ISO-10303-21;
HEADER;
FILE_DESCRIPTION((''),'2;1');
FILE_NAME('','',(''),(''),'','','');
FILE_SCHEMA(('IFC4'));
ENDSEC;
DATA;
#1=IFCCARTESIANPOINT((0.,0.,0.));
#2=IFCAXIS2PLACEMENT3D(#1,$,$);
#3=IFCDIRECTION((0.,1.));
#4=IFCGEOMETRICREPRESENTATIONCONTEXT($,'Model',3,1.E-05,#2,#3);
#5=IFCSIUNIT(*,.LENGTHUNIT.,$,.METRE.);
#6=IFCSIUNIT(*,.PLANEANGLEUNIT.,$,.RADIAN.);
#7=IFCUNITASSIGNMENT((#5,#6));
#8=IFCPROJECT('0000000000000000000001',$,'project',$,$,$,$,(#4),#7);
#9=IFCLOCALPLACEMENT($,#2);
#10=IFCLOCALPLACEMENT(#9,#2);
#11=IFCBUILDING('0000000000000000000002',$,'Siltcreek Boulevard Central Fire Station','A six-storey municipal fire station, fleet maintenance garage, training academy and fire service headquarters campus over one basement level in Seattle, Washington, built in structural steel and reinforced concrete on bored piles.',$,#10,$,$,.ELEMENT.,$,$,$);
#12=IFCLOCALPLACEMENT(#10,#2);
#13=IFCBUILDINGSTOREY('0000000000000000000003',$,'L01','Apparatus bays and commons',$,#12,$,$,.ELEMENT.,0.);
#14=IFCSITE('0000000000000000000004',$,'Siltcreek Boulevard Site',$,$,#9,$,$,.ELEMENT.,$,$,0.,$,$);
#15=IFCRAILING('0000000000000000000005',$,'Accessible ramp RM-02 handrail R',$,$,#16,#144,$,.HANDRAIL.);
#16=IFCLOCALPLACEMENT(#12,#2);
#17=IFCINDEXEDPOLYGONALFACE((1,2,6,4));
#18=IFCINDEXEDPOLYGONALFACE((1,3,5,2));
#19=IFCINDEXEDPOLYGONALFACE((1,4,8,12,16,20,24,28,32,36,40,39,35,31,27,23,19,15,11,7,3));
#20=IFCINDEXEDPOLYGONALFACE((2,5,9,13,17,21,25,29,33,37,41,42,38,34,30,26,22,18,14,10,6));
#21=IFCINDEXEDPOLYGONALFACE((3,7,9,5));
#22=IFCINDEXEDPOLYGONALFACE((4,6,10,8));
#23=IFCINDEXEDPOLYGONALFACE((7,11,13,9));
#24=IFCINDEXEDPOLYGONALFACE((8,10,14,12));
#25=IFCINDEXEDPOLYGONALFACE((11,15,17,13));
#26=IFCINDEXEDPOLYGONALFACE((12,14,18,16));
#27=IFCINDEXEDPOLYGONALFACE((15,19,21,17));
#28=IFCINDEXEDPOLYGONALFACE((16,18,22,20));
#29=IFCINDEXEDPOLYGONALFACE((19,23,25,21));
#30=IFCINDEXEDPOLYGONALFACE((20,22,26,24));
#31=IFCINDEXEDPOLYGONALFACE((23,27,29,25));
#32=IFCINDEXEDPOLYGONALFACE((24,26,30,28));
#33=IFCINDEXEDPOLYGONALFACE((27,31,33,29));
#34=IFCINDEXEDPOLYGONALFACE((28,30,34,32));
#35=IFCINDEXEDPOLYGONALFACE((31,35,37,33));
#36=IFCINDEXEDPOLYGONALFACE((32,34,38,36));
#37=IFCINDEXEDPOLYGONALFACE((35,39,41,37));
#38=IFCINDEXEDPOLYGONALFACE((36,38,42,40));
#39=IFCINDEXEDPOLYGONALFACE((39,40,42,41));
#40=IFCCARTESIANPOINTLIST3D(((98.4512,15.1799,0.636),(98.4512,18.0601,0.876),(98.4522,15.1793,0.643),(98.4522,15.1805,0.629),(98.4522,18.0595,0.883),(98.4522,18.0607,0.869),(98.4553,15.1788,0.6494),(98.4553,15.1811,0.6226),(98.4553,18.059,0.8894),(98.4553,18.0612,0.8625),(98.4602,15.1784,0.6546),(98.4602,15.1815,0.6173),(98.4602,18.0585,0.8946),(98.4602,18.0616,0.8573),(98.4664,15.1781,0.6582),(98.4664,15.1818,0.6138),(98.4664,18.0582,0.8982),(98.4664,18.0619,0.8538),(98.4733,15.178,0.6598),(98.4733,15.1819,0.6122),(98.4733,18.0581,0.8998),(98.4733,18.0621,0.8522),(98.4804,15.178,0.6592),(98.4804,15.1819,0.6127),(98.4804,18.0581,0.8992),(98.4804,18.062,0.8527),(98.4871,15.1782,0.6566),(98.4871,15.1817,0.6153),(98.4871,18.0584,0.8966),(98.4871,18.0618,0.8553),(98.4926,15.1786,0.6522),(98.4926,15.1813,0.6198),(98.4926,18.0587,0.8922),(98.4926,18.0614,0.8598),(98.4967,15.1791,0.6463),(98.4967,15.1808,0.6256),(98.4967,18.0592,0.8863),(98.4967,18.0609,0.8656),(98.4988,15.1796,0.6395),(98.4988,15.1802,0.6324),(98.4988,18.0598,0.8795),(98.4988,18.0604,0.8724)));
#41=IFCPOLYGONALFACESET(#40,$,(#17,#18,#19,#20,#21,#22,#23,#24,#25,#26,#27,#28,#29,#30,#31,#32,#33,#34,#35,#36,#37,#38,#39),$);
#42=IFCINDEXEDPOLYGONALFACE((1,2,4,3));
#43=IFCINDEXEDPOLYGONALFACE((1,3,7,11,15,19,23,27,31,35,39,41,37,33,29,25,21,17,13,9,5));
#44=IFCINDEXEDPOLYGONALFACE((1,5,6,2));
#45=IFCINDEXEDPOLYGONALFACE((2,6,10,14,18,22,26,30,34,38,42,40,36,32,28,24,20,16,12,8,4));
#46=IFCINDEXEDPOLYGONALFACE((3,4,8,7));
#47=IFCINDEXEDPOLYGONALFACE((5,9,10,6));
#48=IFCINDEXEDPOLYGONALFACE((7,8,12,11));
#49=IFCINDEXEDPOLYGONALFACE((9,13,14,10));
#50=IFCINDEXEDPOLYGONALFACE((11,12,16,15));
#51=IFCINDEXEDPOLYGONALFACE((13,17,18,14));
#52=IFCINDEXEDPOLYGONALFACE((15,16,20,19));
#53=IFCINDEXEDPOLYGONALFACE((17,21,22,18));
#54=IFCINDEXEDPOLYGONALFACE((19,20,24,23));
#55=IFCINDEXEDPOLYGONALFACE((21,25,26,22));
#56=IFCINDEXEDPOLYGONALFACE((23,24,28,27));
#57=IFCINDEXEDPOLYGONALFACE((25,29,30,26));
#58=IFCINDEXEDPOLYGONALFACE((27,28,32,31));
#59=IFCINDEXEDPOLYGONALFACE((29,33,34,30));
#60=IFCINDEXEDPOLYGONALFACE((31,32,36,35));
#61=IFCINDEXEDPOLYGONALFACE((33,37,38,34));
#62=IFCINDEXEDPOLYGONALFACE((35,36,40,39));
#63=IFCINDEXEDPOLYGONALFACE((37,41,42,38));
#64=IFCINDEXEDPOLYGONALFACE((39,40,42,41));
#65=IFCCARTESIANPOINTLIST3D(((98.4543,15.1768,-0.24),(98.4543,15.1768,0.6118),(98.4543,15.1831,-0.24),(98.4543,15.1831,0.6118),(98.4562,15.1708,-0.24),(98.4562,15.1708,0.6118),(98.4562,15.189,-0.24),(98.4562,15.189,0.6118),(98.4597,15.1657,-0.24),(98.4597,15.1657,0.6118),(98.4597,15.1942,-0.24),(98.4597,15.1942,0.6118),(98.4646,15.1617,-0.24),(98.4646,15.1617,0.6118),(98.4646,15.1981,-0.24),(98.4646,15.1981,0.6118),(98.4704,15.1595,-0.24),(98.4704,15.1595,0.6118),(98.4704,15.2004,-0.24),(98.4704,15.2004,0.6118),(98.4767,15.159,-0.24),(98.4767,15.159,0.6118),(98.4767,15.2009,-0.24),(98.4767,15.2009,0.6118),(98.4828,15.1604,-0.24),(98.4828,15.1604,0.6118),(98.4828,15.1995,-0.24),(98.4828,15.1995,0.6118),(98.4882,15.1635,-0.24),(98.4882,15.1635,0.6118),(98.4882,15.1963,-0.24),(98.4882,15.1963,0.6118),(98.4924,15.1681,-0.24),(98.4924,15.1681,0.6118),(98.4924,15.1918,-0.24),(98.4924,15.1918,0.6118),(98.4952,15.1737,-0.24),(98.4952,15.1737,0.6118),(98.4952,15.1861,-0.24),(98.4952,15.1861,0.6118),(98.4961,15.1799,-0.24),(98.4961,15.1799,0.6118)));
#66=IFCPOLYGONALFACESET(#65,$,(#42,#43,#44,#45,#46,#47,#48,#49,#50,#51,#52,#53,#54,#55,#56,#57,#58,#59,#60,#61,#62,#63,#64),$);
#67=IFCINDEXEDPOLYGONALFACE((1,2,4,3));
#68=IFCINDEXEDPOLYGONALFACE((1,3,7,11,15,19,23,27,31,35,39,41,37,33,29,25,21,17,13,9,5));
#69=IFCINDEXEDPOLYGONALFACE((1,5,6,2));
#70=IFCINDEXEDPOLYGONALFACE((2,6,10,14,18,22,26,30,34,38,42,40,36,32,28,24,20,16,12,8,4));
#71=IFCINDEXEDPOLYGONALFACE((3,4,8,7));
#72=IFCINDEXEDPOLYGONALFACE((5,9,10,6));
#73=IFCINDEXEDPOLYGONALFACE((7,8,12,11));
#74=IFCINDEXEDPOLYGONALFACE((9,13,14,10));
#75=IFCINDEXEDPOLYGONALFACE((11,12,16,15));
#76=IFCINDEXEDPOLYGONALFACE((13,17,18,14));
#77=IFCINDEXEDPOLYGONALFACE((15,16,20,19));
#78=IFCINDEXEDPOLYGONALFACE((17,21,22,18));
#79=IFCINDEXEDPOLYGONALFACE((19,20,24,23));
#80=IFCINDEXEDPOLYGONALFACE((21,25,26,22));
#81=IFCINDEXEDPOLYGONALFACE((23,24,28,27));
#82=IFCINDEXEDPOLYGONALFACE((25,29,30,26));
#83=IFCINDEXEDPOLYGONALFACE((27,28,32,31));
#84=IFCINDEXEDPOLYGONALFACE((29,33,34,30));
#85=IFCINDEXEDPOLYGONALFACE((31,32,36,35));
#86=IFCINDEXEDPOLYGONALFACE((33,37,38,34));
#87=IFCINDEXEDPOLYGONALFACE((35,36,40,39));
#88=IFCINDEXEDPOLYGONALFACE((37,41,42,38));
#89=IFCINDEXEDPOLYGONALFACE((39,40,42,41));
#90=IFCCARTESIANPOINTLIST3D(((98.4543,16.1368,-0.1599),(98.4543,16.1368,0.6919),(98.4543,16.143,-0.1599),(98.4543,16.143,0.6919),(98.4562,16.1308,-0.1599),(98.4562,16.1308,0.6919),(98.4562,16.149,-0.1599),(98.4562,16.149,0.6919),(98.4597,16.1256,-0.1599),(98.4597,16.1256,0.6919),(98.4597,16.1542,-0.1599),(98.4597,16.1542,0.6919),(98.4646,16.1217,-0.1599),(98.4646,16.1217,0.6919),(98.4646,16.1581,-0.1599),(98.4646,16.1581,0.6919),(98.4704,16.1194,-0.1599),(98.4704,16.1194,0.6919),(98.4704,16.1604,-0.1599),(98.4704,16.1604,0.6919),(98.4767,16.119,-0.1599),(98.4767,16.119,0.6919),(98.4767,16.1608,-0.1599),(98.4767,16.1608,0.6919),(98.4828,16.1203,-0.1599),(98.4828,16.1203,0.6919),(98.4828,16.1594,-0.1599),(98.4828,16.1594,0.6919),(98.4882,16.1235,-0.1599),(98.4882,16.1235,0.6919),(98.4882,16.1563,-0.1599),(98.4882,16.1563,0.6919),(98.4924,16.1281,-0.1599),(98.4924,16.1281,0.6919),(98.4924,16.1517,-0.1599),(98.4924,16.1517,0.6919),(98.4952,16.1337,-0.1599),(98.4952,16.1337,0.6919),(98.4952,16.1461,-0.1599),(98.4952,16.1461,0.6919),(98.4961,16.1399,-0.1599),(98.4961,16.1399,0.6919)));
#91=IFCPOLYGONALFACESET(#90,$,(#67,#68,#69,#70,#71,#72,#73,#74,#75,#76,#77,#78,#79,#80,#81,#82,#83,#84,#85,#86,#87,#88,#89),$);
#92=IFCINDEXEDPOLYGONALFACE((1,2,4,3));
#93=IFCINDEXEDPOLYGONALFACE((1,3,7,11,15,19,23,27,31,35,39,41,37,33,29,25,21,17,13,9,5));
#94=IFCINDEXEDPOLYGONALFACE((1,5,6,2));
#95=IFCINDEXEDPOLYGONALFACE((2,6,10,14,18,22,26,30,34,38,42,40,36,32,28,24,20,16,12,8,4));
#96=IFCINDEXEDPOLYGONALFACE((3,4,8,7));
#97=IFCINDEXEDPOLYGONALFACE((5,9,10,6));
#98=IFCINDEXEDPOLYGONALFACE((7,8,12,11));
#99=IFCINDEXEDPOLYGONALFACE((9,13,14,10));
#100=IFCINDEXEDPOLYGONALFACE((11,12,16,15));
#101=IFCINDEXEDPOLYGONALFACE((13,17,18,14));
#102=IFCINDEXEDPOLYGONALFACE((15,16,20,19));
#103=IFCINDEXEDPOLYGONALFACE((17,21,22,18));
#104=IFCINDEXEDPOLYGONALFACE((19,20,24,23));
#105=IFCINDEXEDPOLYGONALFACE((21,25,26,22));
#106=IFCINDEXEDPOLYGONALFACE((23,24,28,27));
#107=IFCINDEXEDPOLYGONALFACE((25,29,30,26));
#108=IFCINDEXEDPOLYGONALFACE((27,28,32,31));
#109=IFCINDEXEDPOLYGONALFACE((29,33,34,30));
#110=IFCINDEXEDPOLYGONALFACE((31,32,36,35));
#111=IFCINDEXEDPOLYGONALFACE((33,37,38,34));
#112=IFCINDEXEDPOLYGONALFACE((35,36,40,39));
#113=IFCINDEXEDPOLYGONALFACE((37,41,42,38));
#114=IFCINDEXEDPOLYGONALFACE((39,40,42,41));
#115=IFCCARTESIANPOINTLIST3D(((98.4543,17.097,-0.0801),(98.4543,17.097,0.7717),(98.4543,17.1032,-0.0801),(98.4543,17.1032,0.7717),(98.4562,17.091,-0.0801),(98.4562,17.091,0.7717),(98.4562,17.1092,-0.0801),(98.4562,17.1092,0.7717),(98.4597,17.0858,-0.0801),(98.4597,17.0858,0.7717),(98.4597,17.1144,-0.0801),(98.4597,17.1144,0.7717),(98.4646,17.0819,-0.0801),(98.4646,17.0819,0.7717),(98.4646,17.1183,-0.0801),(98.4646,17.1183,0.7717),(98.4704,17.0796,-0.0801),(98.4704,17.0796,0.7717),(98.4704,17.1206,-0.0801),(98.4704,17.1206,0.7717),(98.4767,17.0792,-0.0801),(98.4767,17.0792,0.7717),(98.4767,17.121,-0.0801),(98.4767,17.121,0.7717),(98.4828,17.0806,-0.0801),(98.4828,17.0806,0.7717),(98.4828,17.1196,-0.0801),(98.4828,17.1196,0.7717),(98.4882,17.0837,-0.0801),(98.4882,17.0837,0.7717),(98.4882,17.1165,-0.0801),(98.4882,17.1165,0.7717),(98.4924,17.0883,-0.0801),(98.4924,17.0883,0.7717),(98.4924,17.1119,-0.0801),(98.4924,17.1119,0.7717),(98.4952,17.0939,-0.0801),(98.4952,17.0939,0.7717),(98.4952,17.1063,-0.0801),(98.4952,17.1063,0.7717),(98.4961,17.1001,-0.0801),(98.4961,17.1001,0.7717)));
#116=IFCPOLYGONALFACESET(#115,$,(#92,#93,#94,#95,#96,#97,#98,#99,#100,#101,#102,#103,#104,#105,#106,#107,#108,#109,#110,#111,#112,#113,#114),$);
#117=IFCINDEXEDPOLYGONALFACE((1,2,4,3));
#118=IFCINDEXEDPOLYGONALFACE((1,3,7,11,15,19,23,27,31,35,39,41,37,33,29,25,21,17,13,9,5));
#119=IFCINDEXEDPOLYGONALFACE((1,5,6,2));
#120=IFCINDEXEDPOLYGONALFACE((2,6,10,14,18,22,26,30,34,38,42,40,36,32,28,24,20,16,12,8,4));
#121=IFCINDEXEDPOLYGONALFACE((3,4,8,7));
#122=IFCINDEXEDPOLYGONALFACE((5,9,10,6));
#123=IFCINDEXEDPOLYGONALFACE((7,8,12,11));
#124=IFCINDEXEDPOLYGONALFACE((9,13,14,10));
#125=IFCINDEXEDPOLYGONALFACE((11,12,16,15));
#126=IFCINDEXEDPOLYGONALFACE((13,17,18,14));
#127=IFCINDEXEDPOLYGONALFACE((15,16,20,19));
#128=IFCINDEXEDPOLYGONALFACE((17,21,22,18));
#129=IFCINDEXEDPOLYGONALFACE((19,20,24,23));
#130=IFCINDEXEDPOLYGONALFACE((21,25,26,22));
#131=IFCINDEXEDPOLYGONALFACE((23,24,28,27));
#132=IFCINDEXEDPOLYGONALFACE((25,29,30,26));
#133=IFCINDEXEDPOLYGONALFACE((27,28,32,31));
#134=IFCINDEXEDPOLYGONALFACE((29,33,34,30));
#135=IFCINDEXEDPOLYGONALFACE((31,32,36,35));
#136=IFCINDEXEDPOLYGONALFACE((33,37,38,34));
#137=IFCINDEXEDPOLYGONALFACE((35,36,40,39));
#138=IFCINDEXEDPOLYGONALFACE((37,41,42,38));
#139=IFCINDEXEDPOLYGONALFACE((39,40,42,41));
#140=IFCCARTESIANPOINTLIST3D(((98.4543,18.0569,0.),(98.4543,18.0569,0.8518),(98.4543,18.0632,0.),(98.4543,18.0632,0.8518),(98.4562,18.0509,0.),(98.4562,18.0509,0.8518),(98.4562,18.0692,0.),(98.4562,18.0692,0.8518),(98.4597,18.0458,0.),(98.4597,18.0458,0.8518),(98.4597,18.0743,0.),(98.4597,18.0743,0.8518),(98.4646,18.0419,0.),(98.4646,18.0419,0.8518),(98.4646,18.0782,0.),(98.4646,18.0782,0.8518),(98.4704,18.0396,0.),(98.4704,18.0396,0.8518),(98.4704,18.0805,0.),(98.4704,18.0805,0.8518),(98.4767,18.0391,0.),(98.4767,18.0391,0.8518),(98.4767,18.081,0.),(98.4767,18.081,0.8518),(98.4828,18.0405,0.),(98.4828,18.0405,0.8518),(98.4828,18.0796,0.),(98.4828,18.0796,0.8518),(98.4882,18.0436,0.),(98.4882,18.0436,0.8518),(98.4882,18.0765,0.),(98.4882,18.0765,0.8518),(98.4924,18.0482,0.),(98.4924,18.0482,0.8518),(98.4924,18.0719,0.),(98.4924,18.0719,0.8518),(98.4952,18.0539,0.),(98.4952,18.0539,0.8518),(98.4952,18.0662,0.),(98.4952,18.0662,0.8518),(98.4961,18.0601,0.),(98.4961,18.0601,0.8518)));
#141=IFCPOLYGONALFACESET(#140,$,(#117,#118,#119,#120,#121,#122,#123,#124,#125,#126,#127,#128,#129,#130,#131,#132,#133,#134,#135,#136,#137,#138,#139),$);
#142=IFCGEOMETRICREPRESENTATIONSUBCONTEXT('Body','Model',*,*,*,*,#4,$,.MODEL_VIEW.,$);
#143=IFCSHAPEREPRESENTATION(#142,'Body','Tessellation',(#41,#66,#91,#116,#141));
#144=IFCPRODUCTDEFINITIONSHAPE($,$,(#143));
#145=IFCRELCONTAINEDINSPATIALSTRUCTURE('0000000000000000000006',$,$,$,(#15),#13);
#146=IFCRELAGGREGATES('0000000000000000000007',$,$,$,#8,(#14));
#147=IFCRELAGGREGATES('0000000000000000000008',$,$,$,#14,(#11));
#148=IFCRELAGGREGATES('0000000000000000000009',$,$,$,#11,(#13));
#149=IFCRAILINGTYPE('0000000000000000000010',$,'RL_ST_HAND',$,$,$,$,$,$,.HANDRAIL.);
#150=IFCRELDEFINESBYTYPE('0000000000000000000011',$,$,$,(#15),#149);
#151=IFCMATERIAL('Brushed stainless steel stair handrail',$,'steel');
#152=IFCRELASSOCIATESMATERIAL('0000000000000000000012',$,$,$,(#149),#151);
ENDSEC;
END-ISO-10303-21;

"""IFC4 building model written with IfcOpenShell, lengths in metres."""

from ifc_helpers import new_model, si_unit, direction, frame, origin, origin_2d, place, context, subcontext, project, spatial, circle, extrude, material, type_object, element, save


model = new_model("IFC4")

# Units and contexts
model_context = context("Model", 3, precision=1e-05, world=origin(), true_north=direction((0.0, 1.0)))
body_context = subcontext(model_context, "Body", "Model", "MODEL_VIEW")
ifc_project = project(units=[si_unit("LENGTHUNIT", "METRE"), si_unit("PLANEANGLEUNIT", "RADIAN")], contexts=[model_context])

# Site, building, storey
site_placement = place(None, origin())
site = spatial("IfcSite", under=ifc_project, at=site_placement, Name="Siltcreek Boulevard Site", CompositionType="ELEMENT", RefElevation=0.0)
building_placement = place(site_placement, origin())
building = spatial("IfcBuilding", under=site, at=building_placement, Name="Siltcreek Boulevard Central Fire Station", Description="A six-storey municipal fire station, fleet maintenance garage, training academy and fire service headquarters campus over one basement level in Seattle, Washington, built in structural steel and reinforced concrete on bored piles.", CompositionType="ELEMENT")
storey_placement = place(building_placement, origin())
storey = spatial("IfcBuildingStorey", under=building, at=storey_placement, Name="L01", Description="Apparatus bays and commons", CompositionType="ELEMENT", Elevation=0.0)

# Railing
ifc_material_1 = material(Name="Brushed stainless steel stair handrail", Category="steel")
railing_type = type_object("IfcRailingType", Name="RL_ST_HAND", PredefinedType="HANDRAIL", material=ifc_material_1)
railing_placement = place(storey_placement, frame((98.4751, 15.1799, -0.24)))
element("IfcRailing", 1, at=railing_placement, inside=storey, type_object=railing_type, Name="Accessible ramp RM-02 handrail R", PredefinedType="HANDRAIL", context=body_context, shape_type="SweptSolid", body=[
    extrude(circle(Radius=0.0239, at=origin_2d()), frame((0.0, 0.0, 0.876), z_axis=(0.0, 0.996546, 0.083038), x_axis=(-1.0, 0.0, 0.0)), (0.0, 0.0, 1.0), 2.8901),
    extrude(circle(Radius=0.021, at=origin_2d()), origin(), (0.0, 0.0, 1.0), 0.8518),
    extrude(circle(Radius=0.021, at=origin_2d()), frame((0.0, 0.96, 0.0801)), (0.0, 0.0, 1.0), 0.8518),
    extrude(circle(Radius=0.021, at=origin_2d()), frame((0.0, 1.9202, 0.1599)), (0.0, 0.0, 1.0), 0.8518),
    extrude(circle(Radius=0.021, at=origin_2d()), frame((0.0, 2.8801, 0.24)), (0.0, 0.0, 1.0), 0.8518),
])

save(model, "model.ifc")
